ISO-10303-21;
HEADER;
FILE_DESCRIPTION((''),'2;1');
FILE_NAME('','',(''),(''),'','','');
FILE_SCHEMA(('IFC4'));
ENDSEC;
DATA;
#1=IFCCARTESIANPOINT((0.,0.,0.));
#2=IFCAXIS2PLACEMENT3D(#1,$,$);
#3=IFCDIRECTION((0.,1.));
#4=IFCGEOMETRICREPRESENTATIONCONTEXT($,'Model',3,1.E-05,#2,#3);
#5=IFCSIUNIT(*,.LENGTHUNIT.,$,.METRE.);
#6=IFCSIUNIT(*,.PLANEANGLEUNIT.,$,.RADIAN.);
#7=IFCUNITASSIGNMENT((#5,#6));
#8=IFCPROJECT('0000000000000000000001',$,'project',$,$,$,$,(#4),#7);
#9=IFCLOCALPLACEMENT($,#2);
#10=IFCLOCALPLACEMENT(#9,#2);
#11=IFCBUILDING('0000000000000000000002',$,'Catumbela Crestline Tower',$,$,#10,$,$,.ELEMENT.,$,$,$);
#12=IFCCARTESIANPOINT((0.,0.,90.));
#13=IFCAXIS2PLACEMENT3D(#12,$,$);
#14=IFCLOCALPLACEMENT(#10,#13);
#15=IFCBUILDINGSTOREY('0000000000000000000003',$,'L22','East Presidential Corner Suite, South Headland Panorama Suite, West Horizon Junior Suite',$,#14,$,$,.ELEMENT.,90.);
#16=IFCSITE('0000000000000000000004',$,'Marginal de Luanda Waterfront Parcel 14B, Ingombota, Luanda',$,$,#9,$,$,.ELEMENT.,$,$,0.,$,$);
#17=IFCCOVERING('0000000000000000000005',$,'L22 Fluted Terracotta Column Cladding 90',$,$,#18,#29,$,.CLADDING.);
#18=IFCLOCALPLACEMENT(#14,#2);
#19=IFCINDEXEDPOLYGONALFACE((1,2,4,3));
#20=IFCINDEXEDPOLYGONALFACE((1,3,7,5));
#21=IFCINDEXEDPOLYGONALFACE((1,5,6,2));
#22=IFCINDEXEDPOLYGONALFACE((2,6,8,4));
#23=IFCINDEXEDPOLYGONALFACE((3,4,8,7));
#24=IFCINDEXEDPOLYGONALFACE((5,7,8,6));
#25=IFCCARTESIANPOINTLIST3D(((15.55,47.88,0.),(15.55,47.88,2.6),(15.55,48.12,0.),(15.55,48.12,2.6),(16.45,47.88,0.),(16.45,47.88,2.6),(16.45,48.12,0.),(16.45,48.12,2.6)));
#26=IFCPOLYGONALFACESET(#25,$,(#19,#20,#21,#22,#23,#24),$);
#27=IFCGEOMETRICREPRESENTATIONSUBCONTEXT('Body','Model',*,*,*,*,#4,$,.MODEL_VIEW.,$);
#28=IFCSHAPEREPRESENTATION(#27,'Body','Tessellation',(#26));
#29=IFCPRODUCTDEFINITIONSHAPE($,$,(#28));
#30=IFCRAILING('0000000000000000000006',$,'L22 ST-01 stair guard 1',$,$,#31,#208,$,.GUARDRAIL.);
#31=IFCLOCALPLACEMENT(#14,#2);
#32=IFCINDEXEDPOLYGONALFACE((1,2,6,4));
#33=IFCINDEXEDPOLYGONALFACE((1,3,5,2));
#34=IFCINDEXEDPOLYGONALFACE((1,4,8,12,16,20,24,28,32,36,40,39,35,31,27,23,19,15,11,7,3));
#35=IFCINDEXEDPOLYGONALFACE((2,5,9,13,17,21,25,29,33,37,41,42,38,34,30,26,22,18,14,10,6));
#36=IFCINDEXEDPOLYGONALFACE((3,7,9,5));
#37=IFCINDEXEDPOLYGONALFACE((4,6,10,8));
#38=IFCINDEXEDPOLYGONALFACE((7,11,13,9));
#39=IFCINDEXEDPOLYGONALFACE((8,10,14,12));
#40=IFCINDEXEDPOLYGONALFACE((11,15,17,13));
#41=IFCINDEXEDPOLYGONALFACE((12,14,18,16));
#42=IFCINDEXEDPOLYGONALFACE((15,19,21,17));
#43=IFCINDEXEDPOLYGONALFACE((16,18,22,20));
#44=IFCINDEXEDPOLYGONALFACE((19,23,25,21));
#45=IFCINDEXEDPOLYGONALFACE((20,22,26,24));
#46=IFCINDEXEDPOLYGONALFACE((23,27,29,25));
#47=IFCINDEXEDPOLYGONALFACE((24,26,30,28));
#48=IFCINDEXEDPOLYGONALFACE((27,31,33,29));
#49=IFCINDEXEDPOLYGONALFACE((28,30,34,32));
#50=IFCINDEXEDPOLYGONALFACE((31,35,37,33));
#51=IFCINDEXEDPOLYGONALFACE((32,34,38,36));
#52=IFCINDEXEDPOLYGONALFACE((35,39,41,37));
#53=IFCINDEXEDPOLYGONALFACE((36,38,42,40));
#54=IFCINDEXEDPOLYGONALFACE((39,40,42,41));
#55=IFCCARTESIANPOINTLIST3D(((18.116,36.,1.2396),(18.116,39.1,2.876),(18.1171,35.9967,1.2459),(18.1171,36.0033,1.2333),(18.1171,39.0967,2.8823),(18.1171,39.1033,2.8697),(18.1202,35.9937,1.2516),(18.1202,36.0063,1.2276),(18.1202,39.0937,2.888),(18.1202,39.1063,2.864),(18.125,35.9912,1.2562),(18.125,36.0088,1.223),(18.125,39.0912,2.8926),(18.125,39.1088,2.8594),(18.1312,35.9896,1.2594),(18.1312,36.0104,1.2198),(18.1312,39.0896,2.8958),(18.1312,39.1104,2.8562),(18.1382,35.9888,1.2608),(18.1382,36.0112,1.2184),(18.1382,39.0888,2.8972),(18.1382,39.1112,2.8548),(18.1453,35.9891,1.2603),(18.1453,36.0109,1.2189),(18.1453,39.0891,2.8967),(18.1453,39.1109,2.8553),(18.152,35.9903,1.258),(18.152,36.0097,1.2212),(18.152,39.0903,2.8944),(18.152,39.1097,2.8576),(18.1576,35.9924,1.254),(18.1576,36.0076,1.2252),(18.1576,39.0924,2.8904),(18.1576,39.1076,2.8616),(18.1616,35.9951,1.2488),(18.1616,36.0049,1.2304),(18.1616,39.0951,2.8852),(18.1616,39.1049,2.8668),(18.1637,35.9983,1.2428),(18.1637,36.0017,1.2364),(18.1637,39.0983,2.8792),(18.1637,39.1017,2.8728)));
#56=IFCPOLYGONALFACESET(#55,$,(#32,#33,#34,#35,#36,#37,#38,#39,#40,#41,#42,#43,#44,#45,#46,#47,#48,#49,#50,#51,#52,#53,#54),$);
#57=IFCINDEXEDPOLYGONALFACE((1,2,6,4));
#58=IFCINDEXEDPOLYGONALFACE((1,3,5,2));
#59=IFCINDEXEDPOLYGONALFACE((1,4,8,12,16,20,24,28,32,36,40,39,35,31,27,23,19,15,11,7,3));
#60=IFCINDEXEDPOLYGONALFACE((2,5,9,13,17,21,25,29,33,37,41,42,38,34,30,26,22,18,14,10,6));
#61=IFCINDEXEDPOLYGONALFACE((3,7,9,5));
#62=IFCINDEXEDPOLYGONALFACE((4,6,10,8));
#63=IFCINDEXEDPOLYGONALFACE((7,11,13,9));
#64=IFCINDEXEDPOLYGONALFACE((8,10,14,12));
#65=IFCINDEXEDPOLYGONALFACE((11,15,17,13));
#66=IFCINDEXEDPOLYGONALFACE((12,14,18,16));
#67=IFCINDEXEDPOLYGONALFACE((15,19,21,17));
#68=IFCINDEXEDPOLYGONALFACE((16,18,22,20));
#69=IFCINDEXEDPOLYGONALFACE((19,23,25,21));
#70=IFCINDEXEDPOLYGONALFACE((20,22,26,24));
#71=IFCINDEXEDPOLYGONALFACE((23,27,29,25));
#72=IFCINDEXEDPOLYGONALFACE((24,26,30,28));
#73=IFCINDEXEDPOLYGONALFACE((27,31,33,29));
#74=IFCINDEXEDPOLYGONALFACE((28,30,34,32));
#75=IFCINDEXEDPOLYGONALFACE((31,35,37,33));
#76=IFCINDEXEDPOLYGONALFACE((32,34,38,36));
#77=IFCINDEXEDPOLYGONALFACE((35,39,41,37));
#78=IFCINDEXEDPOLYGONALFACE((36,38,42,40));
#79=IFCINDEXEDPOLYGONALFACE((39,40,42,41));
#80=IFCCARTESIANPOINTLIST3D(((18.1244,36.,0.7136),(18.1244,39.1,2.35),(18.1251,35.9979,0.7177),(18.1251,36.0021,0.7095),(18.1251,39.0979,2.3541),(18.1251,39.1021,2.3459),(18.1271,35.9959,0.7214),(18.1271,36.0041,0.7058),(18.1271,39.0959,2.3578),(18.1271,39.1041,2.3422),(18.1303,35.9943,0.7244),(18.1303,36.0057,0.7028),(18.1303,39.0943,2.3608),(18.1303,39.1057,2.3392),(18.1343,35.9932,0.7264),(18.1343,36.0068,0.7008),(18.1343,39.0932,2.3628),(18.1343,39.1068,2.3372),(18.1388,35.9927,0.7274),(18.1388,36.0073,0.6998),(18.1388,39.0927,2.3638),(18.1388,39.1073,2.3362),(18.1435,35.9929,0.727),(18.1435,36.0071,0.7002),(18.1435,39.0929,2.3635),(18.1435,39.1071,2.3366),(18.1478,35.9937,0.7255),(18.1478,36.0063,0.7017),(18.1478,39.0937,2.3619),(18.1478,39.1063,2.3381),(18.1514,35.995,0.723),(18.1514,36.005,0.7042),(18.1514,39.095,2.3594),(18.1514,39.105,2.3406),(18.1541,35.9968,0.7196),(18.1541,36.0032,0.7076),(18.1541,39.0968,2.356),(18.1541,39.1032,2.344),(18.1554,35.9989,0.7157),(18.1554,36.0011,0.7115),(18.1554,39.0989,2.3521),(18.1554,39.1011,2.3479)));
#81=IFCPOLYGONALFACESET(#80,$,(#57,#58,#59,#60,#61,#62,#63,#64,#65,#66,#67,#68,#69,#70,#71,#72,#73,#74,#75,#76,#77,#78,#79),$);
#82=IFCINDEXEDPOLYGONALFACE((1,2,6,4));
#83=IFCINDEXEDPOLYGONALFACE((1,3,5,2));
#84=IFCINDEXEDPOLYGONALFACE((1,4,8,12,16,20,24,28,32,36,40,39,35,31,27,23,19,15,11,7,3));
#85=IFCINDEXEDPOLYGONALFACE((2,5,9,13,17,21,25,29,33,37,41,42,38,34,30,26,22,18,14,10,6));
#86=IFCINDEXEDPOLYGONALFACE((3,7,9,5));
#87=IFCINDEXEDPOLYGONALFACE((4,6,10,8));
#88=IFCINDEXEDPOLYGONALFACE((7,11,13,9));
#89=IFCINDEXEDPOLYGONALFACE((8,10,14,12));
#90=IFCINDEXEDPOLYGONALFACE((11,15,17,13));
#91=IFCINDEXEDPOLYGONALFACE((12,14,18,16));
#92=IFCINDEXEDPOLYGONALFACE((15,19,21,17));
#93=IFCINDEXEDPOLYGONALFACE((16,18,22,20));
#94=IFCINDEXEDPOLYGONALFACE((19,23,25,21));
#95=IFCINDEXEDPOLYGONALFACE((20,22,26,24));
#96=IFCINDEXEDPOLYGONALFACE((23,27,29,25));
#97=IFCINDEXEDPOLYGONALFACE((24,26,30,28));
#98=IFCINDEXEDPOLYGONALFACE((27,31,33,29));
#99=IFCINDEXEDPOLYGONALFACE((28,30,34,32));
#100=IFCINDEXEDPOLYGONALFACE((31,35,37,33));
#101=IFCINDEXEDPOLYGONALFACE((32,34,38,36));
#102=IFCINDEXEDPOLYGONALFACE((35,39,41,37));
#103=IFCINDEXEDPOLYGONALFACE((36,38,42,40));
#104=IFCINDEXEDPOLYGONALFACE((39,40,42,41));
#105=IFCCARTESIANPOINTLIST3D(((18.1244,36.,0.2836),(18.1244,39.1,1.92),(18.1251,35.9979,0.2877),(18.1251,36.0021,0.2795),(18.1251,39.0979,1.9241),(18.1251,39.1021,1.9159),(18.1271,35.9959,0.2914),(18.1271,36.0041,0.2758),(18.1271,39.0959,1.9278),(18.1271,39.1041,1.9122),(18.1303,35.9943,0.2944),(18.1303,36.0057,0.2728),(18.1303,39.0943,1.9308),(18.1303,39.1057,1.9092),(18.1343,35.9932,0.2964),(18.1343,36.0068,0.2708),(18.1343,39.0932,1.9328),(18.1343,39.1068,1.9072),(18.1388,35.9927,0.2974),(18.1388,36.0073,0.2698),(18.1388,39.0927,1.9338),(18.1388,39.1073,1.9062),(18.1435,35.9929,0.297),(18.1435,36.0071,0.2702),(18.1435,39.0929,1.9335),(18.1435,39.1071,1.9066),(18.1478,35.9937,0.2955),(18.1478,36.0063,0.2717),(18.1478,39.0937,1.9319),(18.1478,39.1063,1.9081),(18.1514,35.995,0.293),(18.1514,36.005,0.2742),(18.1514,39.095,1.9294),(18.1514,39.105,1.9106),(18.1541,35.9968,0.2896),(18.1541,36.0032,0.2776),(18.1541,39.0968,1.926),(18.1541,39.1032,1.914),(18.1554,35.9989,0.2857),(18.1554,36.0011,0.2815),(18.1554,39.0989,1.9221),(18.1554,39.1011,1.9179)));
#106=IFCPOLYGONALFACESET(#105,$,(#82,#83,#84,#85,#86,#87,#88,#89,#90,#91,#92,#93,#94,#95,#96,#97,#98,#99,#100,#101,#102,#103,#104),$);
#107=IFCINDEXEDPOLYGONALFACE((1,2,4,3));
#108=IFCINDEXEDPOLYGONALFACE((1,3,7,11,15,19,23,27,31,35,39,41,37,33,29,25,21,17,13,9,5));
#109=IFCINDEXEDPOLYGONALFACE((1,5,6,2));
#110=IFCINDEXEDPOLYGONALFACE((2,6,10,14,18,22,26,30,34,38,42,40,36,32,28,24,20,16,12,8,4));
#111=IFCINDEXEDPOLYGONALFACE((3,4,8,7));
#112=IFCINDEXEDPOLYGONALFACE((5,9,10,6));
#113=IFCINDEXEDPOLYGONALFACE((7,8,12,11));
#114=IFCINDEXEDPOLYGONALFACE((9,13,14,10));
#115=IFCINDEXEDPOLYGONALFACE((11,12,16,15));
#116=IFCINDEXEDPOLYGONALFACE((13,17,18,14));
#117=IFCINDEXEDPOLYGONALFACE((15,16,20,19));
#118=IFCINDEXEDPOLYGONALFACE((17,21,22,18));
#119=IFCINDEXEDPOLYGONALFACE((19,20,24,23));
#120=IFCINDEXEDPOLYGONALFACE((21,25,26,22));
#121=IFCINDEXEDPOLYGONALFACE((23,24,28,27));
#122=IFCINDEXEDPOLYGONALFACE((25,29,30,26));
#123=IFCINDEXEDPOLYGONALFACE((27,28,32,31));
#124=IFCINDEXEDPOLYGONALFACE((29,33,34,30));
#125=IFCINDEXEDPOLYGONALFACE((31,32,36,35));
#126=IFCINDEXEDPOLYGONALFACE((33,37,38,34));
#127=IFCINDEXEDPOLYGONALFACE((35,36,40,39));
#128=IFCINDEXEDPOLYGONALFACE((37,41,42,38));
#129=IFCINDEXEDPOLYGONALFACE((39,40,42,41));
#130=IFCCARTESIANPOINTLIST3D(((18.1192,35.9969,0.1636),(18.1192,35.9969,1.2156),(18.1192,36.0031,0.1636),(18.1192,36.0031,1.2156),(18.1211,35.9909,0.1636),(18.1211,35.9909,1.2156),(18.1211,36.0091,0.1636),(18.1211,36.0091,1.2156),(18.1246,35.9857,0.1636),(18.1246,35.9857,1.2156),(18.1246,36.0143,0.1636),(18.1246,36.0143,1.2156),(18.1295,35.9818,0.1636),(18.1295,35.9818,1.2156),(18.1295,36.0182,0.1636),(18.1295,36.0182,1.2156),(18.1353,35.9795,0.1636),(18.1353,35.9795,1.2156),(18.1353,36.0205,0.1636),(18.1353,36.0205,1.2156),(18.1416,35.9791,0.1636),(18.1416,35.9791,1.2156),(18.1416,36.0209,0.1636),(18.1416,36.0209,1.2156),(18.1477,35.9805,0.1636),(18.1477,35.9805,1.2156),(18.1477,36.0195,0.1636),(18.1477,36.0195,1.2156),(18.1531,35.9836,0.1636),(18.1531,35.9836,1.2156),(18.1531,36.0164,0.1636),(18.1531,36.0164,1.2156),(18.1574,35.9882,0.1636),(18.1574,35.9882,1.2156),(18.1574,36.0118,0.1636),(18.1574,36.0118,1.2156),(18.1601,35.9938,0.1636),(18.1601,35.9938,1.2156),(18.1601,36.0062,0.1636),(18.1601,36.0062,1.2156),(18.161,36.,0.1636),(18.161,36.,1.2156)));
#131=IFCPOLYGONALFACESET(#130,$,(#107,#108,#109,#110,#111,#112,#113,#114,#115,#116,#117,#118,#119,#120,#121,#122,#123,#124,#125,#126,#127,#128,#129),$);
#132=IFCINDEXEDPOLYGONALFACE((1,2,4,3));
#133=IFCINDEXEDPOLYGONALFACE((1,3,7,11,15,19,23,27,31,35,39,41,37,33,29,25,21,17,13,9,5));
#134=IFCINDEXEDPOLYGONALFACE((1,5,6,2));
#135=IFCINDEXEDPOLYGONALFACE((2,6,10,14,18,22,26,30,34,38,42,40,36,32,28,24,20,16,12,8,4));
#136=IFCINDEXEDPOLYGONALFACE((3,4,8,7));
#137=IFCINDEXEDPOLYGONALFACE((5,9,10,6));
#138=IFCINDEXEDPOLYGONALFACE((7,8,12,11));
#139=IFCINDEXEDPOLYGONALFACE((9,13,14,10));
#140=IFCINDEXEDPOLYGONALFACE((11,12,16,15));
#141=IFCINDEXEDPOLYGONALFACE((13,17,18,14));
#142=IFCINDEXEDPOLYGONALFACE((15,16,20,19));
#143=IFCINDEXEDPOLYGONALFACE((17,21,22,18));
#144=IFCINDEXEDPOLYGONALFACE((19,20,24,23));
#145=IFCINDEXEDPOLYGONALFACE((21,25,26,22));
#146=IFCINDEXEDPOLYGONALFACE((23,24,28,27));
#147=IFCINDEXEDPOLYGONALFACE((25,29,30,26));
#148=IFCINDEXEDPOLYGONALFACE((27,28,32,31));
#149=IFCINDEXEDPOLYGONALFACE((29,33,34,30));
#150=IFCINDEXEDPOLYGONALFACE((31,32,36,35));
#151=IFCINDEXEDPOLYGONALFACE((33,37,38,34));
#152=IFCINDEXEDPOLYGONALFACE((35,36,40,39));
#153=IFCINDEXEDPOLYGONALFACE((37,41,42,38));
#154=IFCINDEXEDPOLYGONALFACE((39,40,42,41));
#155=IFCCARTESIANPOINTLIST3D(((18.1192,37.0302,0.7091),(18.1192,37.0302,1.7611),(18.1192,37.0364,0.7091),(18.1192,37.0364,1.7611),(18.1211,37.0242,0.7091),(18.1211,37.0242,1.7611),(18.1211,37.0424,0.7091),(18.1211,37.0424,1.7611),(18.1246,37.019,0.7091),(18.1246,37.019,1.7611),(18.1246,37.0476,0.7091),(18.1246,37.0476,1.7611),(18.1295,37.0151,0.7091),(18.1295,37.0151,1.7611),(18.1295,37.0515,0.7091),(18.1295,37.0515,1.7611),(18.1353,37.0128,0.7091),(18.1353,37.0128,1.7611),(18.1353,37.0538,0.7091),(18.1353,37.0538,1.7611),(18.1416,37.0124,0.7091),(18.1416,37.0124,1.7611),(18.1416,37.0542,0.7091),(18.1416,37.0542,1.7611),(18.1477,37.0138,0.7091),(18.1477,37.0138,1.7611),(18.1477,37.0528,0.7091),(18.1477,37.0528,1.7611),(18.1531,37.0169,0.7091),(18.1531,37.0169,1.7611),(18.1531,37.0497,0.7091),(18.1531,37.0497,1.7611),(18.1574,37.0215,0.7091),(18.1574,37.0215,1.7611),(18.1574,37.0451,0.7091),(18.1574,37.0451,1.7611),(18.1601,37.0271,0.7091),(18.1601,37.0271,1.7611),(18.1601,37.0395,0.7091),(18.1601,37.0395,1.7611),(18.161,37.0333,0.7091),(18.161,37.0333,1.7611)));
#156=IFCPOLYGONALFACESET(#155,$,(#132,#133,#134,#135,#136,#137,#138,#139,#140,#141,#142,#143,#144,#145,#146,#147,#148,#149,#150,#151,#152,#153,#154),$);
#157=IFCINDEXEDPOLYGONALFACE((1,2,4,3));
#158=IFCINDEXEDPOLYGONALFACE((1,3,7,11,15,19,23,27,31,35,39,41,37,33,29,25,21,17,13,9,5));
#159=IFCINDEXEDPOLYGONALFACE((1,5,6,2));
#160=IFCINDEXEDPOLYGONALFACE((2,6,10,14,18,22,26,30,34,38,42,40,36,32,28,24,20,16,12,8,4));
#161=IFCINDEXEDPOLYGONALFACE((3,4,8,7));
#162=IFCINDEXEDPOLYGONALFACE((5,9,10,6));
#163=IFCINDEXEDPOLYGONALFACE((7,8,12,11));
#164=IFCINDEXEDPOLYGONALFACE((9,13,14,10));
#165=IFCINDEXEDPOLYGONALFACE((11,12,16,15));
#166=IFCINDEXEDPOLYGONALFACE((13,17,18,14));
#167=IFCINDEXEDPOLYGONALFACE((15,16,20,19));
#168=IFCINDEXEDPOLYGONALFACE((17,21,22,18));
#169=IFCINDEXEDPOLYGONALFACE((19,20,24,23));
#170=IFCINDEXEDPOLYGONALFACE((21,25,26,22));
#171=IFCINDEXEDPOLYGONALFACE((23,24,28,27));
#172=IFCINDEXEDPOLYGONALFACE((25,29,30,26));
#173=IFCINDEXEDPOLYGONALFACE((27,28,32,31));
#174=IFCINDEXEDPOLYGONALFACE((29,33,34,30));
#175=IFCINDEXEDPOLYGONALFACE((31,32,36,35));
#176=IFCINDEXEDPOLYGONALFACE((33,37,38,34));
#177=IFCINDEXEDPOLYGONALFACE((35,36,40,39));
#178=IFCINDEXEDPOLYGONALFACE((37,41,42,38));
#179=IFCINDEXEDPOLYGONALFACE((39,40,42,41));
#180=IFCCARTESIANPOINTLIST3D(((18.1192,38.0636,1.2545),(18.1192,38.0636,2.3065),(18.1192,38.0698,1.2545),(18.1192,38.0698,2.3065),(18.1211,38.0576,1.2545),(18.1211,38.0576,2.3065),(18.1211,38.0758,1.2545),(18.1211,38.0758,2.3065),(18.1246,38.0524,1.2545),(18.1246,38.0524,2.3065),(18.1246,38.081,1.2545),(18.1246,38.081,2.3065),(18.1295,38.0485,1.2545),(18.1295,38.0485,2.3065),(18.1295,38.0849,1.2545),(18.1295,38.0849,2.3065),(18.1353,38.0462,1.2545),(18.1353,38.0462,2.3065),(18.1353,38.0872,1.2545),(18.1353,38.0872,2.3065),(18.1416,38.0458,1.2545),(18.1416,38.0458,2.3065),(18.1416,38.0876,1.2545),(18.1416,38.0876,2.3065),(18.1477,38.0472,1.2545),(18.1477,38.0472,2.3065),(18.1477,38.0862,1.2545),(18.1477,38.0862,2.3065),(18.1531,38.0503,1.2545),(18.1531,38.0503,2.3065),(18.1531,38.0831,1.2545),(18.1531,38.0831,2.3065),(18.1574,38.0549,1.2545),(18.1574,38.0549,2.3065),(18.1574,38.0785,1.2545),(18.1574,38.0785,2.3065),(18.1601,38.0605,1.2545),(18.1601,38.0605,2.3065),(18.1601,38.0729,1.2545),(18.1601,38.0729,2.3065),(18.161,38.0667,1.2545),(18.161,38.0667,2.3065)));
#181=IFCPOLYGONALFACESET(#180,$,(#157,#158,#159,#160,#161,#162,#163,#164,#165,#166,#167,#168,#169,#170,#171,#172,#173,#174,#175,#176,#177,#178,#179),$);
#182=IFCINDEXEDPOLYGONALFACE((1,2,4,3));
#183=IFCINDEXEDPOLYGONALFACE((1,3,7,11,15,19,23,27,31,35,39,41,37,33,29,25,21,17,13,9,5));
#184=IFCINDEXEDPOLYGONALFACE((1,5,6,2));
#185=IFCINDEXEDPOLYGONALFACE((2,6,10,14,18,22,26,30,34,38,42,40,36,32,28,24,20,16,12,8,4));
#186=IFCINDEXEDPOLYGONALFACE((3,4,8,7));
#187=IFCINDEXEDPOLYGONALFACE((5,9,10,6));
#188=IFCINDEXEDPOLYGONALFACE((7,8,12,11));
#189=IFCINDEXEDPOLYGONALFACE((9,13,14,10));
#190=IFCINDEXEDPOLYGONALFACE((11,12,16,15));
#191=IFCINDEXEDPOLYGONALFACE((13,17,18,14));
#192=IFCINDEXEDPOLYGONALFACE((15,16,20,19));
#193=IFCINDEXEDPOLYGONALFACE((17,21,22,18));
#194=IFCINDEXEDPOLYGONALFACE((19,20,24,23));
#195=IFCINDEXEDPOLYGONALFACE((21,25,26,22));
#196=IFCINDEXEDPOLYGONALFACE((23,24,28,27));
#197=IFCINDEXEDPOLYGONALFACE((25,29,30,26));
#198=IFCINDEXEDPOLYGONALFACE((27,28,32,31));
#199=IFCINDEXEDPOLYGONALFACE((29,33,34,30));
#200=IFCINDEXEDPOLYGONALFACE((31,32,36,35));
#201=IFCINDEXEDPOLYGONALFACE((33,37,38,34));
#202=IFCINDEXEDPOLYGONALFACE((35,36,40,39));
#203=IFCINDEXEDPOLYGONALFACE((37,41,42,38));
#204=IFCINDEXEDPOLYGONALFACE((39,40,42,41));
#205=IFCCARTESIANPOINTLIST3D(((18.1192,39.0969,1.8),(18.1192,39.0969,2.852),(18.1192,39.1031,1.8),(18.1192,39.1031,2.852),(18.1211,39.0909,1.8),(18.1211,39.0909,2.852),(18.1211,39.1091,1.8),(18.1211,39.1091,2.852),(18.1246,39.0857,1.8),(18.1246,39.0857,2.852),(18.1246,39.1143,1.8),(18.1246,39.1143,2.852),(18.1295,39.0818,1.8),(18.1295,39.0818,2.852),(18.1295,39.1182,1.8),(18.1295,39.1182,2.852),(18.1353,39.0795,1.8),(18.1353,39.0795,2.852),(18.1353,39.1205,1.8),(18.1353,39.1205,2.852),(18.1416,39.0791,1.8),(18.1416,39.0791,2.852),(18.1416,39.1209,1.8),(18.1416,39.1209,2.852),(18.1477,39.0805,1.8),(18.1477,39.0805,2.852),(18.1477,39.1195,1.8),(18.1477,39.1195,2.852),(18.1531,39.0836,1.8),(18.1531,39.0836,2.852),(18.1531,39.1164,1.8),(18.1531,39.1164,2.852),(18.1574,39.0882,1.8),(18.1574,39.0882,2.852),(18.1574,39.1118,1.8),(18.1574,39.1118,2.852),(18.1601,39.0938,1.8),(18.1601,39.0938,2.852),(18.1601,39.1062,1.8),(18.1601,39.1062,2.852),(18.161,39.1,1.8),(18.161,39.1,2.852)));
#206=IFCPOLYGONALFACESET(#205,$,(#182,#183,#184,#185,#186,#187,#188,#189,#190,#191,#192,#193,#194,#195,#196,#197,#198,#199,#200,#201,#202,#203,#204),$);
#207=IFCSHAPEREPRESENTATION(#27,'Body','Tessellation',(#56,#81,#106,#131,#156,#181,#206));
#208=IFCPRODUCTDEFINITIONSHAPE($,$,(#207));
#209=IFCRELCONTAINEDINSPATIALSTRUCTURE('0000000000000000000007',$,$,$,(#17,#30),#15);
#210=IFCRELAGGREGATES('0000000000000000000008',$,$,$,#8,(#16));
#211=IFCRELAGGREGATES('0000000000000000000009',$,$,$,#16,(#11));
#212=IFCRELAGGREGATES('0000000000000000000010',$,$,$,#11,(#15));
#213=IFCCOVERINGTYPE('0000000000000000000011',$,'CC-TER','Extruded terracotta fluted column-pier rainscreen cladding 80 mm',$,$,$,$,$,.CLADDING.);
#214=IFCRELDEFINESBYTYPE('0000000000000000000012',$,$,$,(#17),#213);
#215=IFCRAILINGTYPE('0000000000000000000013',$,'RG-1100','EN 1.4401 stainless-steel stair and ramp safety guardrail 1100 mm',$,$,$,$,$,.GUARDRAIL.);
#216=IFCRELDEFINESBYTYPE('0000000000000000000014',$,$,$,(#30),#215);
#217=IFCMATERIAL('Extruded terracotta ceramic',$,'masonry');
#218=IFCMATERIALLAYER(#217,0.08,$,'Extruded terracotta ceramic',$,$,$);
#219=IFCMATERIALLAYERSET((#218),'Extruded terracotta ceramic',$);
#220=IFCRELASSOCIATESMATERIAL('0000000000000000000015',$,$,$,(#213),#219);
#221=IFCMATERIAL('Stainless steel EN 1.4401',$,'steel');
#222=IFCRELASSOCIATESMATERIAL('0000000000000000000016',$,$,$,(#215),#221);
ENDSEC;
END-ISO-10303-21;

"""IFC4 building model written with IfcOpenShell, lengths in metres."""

from ifc_helpers import new_model, si_unit, direction, frame, origin, origin_2d, place, context, subcontext, project, spatial, rectangle, circle, extrude, material, layer, layer_set, type_object, element, save


model = new_model("IFC4")

# Units and contexts
model_context = context("Model", 3, precision=1e-05, world=origin(), true_north=direction((0.0, 1.0)))
body_context = subcontext(model_context, "Body", "Model", "MODEL_VIEW")
ifc_project = project(units=[si_unit("LENGTHUNIT", "METRE"), si_unit("PLANEANGLEUNIT", "RADIAN")], contexts=[model_context])

# Site, building, storey
site_placement = place(None, origin())
site = spatial("IfcSite", under=ifc_project, at=site_placement, Name="Marginal de Luanda Waterfront Parcel 14B, Ingombota, Luanda", CompositionType="ELEMENT", RefElevation=0.0)
building_placement = place(site_placement, origin())
building = spatial("IfcBuilding", under=site, at=building_placement, Name="Catumbela Crestline Tower", CompositionType="ELEMENT")
storey_placement = place(building_placement, frame((0.0, 0.0, 90.0)))
storey = spatial("IfcBuildingStorey", under=building, at=storey_placement, Name="L22", Description="East Presidential Corner Suite, South Headland Panorama Suite, West Horizon Junior Suite", CompositionType="ELEMENT", Elevation=90.0)

# Covering
ifc_material_1 = material(Name="Extruded terracotta ceramic", Category="masonry")
ifc_layer_1 = layer(ifc_material_1, 0.08, Name="Extruded terracotta ceramic")
ifc_layer_set_1 = layer_set([ifc_layer_1], Name="Extruded terracotta ceramic")
covering_type = type_object("IfcCoveringType", Name="CC-TER", Description="Extruded terracotta fluted column-pier rainscreen cladding 80 mm", PredefinedType="CLADDING", material=ifc_layer_set_1)
for number, where, z_axis, x_axis, name in (
    (1, (16.0, 48.0, 0.0), (0.0, 0.0, 1.0), (-1.0, 0.0, 0.0), "L22 Fluted Terracotta Column Cladding 90"),
):
    element("IfcCovering", number, at=place(storey_placement, frame(where, z_axis=z_axis, x_axis=x_axis)), inside=storey, type_object=covering_type, Name=name, PredefinedType="CLADDING", context=body_context, shape_type="SweptSolid", body=[
        extrude(rectangle(XDim=0.9, YDim=0.24, at=origin_2d()), origin(), (0.0, 0.0, 1.0), 2.6),
    ])

# Railing
ifc_material_2 = material(Name="Stainless steel EN 1.4401", Category="steel")
railing_type_1 = type_object("IfcRailingType", Name="RG-1100", Description="EN 1.4401 stainless-steel stair and ramp safety guardrail 1100 mm", PredefinedType="GUARDRAIL", material=ifc_material_2)
railing_1_placement = place(storey_placement, frame((18.14, 36.0, 0.1636)))
element("IfcRailing", 2, at=railing_1_placement, inside=storey, type_object=railing_type_1, Name="L22 ST-01 stair guard 1", PredefinedType="GUARDRAIL", context=body_context, shape_type="SweptSolid", body=[
    extrude(circle(Radius=0.024, at=origin_2d()), frame((0.0, 0.0, 1.076), z_axis=(0.0, 0.884351, 0.466823), x_axis=(-1.0, 0.0, 0.0)), (0.0, 0.0, 1.0), 3.5054),
    extrude(circle(Radius=0.0156, at=origin_2d()), frame((0.0, 0.0, 0.55), z_axis=(0.0, 0.884351, 0.466823), x_axis=(-1.0, 0.0, 0.0)), (0.0, 0.0, 1.0), 3.5054),
    extrude(circle(Radius=0.0156, at=origin_2d()), frame((0.0, 0.0, 0.12), z_axis=(0.0, 0.884351, 0.466823), x_axis=(-1.0, 0.0, 0.0)), (0.0, 0.0, 1.0), 3.5054),
    extrude(circle(Radius=0.021, at=origin_2d()), origin(), (0.0, 0.0, 1.0), 1.052),
    extrude(circle(Radius=0.021, at=origin_2d()), frame((0.0, 1.0333, 0.5455)), (0.0, 0.0, 1.0), 1.052),
    extrude(circle(Radius=0.021, at=origin_2d()), frame((0.0, 2.0667, 1.0909)), (0.0, 0.0, 1.0), 1.052),
    extrude(circle(Radius=0.021, at=origin_2d()), frame((0.0, 3.1, 1.6364)), (0.0, 0.0, 1.0), 1.052),
])

save(model, "model.ifc")
